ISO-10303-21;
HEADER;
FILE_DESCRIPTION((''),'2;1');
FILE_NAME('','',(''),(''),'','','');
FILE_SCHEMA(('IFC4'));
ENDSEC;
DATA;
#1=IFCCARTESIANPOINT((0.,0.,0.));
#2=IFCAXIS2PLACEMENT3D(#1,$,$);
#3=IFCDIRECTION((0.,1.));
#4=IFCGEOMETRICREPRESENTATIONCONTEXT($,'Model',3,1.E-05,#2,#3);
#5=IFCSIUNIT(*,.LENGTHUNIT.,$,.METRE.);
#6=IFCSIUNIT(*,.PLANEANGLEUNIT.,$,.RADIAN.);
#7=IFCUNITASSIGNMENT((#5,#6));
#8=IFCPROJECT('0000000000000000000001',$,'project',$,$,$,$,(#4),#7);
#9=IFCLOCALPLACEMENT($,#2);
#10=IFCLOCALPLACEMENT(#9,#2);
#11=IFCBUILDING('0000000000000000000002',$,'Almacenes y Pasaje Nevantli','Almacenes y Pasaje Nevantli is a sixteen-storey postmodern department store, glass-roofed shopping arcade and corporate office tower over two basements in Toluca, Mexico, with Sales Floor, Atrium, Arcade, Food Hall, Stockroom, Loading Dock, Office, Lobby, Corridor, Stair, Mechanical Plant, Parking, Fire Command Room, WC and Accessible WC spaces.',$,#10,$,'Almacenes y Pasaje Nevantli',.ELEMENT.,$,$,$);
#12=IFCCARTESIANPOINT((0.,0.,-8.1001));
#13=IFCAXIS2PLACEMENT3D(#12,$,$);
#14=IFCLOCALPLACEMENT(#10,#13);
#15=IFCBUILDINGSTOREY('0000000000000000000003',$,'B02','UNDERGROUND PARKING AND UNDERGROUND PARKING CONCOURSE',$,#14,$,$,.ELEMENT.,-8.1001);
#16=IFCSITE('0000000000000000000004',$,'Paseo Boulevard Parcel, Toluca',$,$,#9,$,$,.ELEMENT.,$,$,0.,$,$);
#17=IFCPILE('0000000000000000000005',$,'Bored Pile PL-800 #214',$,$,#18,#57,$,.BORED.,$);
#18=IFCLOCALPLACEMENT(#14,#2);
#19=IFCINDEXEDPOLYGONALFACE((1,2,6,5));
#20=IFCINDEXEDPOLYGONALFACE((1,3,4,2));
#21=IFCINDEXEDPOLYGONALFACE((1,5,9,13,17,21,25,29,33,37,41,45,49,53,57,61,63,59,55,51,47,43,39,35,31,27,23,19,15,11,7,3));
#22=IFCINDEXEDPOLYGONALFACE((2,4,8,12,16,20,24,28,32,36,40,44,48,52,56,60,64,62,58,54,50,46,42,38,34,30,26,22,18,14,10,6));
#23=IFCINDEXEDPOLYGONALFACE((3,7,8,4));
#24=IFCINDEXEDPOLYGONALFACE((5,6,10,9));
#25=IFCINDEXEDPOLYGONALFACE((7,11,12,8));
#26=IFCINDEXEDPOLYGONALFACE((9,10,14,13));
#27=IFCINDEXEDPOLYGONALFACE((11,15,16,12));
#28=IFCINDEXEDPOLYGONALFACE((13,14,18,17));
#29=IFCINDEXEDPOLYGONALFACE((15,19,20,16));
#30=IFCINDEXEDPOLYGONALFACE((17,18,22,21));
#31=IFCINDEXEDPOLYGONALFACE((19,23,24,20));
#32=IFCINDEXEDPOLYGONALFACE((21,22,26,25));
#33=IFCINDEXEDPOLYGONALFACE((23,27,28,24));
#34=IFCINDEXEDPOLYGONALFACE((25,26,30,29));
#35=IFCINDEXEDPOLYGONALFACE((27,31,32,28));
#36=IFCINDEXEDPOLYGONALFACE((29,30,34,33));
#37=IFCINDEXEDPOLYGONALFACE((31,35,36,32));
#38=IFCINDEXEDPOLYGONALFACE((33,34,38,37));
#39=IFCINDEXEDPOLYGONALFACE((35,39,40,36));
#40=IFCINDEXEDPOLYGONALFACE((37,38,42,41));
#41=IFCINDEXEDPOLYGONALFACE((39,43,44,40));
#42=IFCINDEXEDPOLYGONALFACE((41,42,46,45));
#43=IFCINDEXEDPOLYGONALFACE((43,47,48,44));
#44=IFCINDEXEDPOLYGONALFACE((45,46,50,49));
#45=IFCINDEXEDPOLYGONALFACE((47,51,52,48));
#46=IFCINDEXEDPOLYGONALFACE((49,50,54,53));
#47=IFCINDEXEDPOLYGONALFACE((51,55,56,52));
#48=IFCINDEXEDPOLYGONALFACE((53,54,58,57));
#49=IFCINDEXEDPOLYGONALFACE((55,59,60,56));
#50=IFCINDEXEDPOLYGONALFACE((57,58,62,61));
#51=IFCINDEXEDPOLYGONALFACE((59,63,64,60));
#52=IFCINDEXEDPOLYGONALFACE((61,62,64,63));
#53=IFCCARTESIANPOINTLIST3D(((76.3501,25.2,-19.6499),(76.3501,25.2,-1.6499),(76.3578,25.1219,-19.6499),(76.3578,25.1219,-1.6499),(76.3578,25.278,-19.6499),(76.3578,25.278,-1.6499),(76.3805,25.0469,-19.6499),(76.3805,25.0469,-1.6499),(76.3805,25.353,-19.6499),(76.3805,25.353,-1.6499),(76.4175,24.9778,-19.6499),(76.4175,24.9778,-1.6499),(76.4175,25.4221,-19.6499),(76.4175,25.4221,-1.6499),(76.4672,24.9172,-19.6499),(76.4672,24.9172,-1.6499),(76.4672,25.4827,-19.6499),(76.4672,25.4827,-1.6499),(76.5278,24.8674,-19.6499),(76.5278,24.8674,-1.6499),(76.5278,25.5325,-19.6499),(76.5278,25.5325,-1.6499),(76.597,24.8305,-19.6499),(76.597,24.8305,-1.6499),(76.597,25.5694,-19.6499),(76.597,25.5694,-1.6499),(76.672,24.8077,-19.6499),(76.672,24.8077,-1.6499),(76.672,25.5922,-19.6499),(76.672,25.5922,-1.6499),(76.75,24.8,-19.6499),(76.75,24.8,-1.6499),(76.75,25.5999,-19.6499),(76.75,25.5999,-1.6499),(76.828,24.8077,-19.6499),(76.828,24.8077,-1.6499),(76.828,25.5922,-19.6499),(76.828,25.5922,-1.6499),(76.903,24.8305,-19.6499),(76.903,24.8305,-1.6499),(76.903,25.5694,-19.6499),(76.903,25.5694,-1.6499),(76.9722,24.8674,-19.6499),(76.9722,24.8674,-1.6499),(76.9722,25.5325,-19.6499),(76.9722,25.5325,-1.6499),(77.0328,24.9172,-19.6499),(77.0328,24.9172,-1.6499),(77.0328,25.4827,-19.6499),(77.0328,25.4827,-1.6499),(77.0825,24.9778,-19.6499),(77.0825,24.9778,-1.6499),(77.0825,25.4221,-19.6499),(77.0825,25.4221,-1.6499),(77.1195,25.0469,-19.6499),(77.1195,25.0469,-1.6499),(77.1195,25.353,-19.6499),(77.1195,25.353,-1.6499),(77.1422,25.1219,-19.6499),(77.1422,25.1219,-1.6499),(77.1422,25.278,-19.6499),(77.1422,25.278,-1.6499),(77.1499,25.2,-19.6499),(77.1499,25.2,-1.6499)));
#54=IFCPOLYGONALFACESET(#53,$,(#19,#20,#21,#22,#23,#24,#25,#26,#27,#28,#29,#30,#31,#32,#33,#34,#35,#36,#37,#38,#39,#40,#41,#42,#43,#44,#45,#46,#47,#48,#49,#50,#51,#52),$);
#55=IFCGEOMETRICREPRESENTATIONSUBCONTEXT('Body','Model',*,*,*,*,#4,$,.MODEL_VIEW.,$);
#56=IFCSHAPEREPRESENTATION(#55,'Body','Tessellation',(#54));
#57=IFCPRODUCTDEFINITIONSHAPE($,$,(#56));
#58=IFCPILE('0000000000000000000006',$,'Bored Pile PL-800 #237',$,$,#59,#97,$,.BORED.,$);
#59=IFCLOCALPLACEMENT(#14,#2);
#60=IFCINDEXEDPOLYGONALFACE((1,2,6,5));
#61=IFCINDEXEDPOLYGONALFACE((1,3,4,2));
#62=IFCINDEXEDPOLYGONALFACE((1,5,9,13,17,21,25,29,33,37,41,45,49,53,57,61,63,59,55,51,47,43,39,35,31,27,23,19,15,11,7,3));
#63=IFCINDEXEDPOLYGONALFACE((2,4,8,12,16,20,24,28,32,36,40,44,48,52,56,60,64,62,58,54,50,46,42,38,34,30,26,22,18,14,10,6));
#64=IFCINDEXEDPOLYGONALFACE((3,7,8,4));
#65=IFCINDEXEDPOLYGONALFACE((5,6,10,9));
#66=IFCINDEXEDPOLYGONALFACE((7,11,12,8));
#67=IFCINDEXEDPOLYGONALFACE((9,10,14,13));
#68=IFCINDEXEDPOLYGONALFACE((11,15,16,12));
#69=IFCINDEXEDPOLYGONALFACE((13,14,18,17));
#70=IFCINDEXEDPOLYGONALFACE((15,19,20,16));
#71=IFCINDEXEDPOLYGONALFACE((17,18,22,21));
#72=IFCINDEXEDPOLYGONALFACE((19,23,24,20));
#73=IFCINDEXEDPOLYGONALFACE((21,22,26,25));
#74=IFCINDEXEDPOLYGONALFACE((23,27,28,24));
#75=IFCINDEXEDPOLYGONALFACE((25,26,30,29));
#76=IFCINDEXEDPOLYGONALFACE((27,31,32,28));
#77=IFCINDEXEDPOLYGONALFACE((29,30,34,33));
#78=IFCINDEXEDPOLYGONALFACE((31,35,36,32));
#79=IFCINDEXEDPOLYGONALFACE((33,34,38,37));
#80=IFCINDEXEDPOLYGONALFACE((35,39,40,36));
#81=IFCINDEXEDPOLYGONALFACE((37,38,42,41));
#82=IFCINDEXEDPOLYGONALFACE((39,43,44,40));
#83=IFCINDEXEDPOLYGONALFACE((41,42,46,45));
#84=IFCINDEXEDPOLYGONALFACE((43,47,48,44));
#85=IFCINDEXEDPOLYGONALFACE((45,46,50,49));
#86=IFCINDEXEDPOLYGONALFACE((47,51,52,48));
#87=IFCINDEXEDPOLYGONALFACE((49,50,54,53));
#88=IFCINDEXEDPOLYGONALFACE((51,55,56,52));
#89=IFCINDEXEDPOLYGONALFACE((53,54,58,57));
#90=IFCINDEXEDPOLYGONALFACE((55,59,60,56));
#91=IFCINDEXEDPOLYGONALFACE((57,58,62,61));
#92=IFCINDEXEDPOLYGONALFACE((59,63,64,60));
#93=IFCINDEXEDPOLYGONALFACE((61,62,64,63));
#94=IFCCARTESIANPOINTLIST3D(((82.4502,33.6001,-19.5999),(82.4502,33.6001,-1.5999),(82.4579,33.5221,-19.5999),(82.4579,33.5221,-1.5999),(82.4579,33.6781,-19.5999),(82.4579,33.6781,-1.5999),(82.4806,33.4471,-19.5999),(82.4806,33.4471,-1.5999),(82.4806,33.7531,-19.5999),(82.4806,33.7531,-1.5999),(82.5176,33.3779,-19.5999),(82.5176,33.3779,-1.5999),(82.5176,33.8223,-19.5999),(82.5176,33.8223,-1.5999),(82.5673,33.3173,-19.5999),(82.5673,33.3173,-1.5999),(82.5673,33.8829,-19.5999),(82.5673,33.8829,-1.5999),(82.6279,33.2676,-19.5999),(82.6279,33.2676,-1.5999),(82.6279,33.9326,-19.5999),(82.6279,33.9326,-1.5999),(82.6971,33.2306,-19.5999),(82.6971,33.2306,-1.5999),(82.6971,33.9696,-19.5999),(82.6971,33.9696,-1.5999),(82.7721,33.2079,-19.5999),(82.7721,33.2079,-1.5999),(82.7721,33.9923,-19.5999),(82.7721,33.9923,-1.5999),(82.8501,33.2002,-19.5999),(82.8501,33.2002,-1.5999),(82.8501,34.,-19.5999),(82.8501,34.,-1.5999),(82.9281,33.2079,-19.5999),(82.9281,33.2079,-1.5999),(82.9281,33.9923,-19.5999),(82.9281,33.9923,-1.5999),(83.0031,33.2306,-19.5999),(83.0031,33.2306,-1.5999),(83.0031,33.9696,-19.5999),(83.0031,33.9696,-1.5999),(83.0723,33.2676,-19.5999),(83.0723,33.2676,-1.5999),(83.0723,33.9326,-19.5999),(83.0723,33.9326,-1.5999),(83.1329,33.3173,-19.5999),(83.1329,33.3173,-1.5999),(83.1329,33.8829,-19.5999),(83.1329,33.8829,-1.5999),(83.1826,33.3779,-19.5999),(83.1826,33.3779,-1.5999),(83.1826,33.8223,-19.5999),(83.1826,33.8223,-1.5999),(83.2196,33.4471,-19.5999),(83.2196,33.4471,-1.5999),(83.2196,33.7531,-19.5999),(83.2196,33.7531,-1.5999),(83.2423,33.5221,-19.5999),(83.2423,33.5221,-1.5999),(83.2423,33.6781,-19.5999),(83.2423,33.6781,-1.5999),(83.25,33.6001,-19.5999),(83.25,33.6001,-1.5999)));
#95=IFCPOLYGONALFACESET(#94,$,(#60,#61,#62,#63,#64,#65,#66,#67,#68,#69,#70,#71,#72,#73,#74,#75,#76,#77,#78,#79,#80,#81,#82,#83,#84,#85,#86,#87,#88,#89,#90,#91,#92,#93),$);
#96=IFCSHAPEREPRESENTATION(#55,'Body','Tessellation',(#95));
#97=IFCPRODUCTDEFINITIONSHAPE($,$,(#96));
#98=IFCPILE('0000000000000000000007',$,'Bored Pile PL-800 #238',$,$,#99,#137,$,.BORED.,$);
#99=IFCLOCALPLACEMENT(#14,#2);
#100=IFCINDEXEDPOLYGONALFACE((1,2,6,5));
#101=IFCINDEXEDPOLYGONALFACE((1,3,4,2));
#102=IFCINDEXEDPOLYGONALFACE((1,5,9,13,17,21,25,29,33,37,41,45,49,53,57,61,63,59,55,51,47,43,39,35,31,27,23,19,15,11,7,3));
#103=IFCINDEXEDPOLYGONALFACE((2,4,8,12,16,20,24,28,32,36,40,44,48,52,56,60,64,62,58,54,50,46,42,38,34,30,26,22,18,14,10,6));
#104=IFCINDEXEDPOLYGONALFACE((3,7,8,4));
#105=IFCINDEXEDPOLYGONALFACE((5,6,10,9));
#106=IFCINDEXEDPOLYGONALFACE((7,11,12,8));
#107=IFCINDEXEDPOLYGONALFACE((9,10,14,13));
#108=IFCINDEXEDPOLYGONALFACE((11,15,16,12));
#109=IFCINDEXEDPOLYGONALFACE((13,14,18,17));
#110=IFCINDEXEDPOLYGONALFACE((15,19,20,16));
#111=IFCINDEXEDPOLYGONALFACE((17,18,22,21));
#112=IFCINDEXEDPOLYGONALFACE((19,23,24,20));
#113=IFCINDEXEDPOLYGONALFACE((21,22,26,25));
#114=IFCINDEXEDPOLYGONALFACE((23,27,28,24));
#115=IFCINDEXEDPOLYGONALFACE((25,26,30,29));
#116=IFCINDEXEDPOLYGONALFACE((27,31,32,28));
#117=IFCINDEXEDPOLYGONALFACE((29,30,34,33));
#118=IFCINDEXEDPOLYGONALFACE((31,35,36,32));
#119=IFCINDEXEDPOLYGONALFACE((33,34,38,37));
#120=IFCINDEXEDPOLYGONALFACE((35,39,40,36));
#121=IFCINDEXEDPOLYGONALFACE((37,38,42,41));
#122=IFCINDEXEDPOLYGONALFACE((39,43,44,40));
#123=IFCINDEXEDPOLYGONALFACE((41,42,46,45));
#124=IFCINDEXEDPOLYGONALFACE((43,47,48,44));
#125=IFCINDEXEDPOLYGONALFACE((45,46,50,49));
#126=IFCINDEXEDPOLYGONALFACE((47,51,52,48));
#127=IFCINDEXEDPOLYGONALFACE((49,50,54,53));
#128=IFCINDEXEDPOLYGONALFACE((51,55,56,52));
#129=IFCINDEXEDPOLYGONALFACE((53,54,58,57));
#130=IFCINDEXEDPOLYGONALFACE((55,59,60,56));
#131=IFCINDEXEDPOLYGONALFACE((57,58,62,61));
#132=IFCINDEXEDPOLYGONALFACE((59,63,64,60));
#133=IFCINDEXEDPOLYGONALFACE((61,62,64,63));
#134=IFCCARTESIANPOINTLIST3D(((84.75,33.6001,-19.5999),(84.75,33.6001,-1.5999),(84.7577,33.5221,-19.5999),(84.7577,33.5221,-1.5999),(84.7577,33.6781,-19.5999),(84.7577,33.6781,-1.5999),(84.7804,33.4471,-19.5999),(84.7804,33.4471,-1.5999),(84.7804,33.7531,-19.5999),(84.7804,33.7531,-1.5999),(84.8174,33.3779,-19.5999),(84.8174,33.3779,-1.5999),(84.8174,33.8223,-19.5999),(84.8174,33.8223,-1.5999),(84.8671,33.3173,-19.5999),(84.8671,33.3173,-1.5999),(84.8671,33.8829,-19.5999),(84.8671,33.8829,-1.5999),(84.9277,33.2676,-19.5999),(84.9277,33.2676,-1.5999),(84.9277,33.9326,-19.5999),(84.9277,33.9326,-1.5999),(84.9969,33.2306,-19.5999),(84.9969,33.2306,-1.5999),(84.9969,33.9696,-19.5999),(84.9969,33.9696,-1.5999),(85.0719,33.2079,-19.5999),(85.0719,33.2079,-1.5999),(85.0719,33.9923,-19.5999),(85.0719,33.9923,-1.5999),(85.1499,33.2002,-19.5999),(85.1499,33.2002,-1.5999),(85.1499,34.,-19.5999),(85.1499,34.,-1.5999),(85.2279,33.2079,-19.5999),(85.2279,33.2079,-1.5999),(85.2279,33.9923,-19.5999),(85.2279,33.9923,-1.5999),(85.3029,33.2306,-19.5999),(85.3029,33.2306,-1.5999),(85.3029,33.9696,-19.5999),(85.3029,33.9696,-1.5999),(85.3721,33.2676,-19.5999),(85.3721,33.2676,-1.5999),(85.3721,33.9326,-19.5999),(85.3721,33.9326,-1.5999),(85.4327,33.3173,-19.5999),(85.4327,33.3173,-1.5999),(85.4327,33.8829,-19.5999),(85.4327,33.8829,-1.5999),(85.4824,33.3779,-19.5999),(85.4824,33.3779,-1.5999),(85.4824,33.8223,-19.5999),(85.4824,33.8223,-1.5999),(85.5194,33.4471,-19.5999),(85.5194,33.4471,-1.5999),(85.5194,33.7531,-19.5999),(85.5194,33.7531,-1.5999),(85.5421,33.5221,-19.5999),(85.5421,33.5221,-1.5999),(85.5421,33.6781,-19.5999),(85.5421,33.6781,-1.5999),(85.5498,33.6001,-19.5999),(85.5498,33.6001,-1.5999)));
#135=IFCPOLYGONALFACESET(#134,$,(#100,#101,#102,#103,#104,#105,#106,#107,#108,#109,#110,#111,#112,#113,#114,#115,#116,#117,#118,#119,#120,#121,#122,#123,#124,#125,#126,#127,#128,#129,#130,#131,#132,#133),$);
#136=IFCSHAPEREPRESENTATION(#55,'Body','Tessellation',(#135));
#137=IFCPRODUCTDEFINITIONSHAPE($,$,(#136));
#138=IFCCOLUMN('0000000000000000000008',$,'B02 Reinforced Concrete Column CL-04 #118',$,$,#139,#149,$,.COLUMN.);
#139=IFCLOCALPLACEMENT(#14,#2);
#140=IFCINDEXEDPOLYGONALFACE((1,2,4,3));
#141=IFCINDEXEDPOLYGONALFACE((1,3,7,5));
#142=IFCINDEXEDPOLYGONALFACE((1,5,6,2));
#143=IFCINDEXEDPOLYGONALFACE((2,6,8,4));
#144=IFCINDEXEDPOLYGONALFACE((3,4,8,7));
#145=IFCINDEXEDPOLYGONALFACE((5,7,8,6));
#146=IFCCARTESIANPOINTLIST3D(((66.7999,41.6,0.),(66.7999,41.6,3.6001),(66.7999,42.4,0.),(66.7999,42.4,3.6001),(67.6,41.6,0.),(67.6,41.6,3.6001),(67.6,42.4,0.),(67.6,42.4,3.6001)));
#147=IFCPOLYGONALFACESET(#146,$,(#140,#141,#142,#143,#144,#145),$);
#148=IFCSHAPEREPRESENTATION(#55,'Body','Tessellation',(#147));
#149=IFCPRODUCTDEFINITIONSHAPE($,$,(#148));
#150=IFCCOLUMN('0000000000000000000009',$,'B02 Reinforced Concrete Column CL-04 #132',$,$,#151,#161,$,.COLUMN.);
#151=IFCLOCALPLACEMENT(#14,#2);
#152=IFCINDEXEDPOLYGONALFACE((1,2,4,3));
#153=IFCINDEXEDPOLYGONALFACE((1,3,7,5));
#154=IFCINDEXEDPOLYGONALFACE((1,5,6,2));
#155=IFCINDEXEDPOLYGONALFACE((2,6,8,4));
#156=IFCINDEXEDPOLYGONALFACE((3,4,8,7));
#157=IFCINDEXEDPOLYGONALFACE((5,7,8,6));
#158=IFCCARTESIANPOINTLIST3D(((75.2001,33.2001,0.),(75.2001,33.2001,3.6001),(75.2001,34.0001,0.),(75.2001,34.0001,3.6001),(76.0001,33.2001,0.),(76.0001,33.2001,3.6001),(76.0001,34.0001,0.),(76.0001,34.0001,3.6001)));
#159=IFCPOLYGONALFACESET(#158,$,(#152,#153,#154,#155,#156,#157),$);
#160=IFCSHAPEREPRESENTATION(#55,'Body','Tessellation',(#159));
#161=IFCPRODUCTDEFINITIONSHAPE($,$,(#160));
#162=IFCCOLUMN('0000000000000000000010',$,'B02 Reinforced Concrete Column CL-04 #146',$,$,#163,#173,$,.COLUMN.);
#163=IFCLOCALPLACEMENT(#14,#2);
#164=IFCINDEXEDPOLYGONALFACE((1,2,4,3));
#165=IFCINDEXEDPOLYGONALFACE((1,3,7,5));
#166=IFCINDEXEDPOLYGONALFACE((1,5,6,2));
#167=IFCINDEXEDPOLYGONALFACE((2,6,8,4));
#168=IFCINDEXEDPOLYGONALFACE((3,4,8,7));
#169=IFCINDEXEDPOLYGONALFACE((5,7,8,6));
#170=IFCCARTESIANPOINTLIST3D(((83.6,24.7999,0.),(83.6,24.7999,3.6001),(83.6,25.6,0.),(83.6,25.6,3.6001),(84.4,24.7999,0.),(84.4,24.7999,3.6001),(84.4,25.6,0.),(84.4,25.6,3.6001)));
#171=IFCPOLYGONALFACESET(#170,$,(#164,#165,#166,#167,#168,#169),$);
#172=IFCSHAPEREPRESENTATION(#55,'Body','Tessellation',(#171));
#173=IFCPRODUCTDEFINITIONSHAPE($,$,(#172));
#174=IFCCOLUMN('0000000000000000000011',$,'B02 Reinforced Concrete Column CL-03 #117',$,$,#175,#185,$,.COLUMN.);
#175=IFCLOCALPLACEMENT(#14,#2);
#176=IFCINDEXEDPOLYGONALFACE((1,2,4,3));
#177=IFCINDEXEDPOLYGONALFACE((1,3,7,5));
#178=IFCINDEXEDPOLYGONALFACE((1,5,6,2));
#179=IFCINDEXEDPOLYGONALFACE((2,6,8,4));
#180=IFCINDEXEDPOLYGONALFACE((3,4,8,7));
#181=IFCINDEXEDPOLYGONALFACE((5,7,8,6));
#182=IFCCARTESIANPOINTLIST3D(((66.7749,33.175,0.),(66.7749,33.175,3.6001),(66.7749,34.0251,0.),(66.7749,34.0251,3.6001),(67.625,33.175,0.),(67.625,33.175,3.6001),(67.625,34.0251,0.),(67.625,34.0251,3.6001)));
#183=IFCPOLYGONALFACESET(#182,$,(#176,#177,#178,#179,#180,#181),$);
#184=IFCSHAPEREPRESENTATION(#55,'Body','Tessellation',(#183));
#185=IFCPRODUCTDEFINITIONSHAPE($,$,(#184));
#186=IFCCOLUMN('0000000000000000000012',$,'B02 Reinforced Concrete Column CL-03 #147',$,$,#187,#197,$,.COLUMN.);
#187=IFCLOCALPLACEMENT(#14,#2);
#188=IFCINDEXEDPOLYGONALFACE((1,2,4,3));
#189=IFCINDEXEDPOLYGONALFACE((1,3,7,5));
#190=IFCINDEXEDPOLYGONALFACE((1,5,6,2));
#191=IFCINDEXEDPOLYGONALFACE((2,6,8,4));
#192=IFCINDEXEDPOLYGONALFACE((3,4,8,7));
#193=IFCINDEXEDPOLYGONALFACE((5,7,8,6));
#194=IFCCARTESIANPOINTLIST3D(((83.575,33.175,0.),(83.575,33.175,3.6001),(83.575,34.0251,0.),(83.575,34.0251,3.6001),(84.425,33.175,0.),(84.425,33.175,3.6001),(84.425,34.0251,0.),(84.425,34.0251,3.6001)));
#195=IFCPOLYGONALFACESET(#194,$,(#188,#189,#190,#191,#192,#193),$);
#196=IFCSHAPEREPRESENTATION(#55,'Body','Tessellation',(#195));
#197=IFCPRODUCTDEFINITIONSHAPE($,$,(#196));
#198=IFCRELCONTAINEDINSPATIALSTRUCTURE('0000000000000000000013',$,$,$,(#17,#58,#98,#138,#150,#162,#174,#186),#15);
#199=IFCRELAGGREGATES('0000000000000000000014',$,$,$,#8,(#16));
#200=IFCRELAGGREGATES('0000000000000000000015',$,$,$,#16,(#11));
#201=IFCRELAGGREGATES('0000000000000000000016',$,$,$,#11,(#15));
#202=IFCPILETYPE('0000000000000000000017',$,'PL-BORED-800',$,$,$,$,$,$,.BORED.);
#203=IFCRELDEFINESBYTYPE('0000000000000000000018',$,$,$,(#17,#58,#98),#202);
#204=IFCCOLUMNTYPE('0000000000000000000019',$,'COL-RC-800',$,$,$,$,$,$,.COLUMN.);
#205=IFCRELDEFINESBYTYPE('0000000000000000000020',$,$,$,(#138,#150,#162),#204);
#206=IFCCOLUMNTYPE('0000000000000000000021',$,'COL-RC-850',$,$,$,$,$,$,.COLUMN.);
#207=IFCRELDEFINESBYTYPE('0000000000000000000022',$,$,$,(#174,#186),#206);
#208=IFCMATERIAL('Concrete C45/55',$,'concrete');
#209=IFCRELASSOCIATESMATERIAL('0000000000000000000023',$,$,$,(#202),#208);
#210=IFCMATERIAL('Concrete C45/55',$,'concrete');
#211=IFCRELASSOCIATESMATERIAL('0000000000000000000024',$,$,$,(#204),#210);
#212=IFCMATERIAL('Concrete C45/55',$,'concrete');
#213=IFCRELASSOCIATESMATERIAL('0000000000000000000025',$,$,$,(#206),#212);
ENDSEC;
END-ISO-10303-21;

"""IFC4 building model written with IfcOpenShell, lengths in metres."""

from ifc_helpers import new_model, si_unit, direction, frame, origin, origin_2d, place, context, subcontext, project, spatial, rectangle, circle, extrude, material, material_profile, profile_set, type_object, element, save


model = new_model("IFC4")

# Units and contexts
model_context = context("Model", 3, precision=1e-05, world=origin(), true_north=direction((0.0, 1.0)))
body_context = subcontext(model_context, "Body", "Model", "MODEL_VIEW")
ifc_project = project(units=[si_unit("LENGTHUNIT", "METRE"), si_unit("PLANEANGLEUNIT", "RADIAN")], contexts=[model_context])

# Site, building, storey
site_placement = place(None, origin())
site = spatial("IfcSite", under=ifc_project, at=site_placement, Name="Paseo Boulevard Parcel, Toluca", CompositionType="ELEMENT", RefElevation=0.0)
building_placement = place(site_placement, origin())
building = spatial("IfcBuilding", under=site, at=building_placement, Name="Almacenes y Pasaje Nevantli", Description="Almacenes y Pasaje Nevantli is a sixteen-storey postmodern department store, glass-roofed shopping arcade and corporate office tower over two basements in Toluca, Mexico, with Sales Floor, Atrium, Arcade, Food Hall, Stockroom, Loading Dock, Office, Lobby, Corridor, Stair, Mechanical Plant, Parking, Fire Command Room, WC and Accessible WC spaces.", LongName="Almacenes y Pasaje Nevantli", CompositionType="ELEMENT")
storey_placement = place(building_placement, frame((0.0, 0.0, -8.1001)))
storey = spatial("IfcBuildingStorey", under=building, at=storey_placement, Name="B02", Description="UNDERGROUND PARKING AND UNDERGROUND PARKING CONCOURSE", CompositionType="ELEMENT", Elevation=-8.1001)

# Piles
ifc_material_1 = material(Name="Concrete C45/55", Category="concrete")
ifc_material_profile_1 = material_profile(ifc_material_1, circle(Radius=0.3999, at=origin_2d()), Name="RC-PILE-D800")
ifc_profile_set_1 = profile_set([ifc_material_profile_1], Name="Concrete C45/55")
pile_type_1 = type_object("IfcPileType", Name="PL-BORED-800", PredefinedType="BORED", material=ifc_profile_set_1)
for number, where, z_axis, x_axis, name in (
    (1, (76.75, 25.2, -1.6499), (0.0, 0.0, -1.0), (1.0, 0.0, 0.0), "Bored Pile PL-800 #214"),
    (2, (82.8501, 33.6001, -1.5999), (0.0, 0.0, -1.0), (1.0, 0.0, 0.0), "Bored Pile PL-800 #237"),
    (3, (85.1499, 33.6001, -1.5999), (0.0, 0.0, -1.0), (1.0, 0.0, 0.0), "Bored Pile PL-800 #238"),
):
    element("IfcPile", number, at=place(storey_placement, frame(where, z_axis=z_axis, x_axis=x_axis)), inside=storey, type_object=pile_type_1, Name=name, PredefinedType="BORED", context=body_context, shape_type="SweptSolid", body=[
        extrude(circle(Radius=0.3999, at=origin_2d()), origin(), (0.0, 0.0, 1.0), 18.0),
    ])

# Columns
ifc_material_2 = material(Name="Concrete C45/55", Category="concrete")
ifc_material_profile_2 = material_profile(ifc_material_2, rectangle(XDim=0.8, YDim=0.8, at=origin_2d()), Name="RC-COL-800x800")
ifc_profile_set_2 = profile_set([ifc_material_profile_2], Name="Concrete C45/55")
column_type_1 = type_object("IfcColumnType", Name="COL-RC-800", PredefinedType="COLUMN", material=ifc_profile_set_2)
for number, where, z_axis, x_axis, name in (
    (4, (67.2, 42.0, 0.0), (0.0, 0.0, 1.0), (1.0, 0.0, 0.0), "B02 Reinforced Concrete Column CL-04 #118"),
    (5, (75.6001, 33.6001, 0.0), (0.0, 0.0, 1.0), (1.0, 0.0, 0.0), "B02 Reinforced Concrete Column CL-04 #132"),
    (6, (84.0, 25.2, 0.0), (0.0, 0.0, 1.0), (1.0, 0.0, 0.0), "B02 Reinforced Concrete Column CL-04 #146"),
):
    element("IfcColumn", number, at=place(storey_placement, frame(where, z_axis=z_axis, x_axis=x_axis)), inside=storey, type_object=column_type_1, Name=name, PredefinedType="COLUMN", context=body_context, shape_type="SweptSolid", body=[
        extrude(rectangle(XDim=0.8, YDim=0.8, at=origin_2d()), origin(), (0.0, 0.0, 1.0), 3.6001),
    ])
ifc_material_3 = material(Name="Concrete C45/55", Category="concrete")
ifc_material_profile_3 = material_profile(ifc_material_3, rectangle(XDim=0.8501, YDim=0.8501, at=origin_2d()), Name="RC-COL-850x850")
ifc_profile_set_3 = profile_set([ifc_material_profile_3], Name="Concrete C45/55")
column_type_2 = type_object("IfcColumnType", Name="COL-RC-850", PredefinedType="COLUMN", material=ifc_profile_set_3)
for number, where, z_axis, x_axis, name in (
    (7, (67.2, 33.6001, 0.0), (0.0, 0.0, 1.0), (1.0, 0.0, 0.0), "B02 Reinforced Concrete Column CL-03 #117"),
    (8, (84.0, 33.6001, 0.0), (0.0, 0.0, 1.0), (1.0, 0.0, 0.0), "B02 Reinforced Concrete Column CL-03 #147"),
):
    element("IfcColumn", number, at=place(storey_placement, frame(where, z_axis=z_axis, x_axis=x_axis)), inside=storey, type_object=column_type_2, Name=name, PredefinedType="COLUMN", context=body_context, shape_type="SweptSolid", body=[
        extrude(rectangle(XDim=0.8501, YDim=0.8501, at=origin_2d()), origin(), (0.0, 0.0, 1.0), 3.6001),
    ])

save(model, "model.ifc")
